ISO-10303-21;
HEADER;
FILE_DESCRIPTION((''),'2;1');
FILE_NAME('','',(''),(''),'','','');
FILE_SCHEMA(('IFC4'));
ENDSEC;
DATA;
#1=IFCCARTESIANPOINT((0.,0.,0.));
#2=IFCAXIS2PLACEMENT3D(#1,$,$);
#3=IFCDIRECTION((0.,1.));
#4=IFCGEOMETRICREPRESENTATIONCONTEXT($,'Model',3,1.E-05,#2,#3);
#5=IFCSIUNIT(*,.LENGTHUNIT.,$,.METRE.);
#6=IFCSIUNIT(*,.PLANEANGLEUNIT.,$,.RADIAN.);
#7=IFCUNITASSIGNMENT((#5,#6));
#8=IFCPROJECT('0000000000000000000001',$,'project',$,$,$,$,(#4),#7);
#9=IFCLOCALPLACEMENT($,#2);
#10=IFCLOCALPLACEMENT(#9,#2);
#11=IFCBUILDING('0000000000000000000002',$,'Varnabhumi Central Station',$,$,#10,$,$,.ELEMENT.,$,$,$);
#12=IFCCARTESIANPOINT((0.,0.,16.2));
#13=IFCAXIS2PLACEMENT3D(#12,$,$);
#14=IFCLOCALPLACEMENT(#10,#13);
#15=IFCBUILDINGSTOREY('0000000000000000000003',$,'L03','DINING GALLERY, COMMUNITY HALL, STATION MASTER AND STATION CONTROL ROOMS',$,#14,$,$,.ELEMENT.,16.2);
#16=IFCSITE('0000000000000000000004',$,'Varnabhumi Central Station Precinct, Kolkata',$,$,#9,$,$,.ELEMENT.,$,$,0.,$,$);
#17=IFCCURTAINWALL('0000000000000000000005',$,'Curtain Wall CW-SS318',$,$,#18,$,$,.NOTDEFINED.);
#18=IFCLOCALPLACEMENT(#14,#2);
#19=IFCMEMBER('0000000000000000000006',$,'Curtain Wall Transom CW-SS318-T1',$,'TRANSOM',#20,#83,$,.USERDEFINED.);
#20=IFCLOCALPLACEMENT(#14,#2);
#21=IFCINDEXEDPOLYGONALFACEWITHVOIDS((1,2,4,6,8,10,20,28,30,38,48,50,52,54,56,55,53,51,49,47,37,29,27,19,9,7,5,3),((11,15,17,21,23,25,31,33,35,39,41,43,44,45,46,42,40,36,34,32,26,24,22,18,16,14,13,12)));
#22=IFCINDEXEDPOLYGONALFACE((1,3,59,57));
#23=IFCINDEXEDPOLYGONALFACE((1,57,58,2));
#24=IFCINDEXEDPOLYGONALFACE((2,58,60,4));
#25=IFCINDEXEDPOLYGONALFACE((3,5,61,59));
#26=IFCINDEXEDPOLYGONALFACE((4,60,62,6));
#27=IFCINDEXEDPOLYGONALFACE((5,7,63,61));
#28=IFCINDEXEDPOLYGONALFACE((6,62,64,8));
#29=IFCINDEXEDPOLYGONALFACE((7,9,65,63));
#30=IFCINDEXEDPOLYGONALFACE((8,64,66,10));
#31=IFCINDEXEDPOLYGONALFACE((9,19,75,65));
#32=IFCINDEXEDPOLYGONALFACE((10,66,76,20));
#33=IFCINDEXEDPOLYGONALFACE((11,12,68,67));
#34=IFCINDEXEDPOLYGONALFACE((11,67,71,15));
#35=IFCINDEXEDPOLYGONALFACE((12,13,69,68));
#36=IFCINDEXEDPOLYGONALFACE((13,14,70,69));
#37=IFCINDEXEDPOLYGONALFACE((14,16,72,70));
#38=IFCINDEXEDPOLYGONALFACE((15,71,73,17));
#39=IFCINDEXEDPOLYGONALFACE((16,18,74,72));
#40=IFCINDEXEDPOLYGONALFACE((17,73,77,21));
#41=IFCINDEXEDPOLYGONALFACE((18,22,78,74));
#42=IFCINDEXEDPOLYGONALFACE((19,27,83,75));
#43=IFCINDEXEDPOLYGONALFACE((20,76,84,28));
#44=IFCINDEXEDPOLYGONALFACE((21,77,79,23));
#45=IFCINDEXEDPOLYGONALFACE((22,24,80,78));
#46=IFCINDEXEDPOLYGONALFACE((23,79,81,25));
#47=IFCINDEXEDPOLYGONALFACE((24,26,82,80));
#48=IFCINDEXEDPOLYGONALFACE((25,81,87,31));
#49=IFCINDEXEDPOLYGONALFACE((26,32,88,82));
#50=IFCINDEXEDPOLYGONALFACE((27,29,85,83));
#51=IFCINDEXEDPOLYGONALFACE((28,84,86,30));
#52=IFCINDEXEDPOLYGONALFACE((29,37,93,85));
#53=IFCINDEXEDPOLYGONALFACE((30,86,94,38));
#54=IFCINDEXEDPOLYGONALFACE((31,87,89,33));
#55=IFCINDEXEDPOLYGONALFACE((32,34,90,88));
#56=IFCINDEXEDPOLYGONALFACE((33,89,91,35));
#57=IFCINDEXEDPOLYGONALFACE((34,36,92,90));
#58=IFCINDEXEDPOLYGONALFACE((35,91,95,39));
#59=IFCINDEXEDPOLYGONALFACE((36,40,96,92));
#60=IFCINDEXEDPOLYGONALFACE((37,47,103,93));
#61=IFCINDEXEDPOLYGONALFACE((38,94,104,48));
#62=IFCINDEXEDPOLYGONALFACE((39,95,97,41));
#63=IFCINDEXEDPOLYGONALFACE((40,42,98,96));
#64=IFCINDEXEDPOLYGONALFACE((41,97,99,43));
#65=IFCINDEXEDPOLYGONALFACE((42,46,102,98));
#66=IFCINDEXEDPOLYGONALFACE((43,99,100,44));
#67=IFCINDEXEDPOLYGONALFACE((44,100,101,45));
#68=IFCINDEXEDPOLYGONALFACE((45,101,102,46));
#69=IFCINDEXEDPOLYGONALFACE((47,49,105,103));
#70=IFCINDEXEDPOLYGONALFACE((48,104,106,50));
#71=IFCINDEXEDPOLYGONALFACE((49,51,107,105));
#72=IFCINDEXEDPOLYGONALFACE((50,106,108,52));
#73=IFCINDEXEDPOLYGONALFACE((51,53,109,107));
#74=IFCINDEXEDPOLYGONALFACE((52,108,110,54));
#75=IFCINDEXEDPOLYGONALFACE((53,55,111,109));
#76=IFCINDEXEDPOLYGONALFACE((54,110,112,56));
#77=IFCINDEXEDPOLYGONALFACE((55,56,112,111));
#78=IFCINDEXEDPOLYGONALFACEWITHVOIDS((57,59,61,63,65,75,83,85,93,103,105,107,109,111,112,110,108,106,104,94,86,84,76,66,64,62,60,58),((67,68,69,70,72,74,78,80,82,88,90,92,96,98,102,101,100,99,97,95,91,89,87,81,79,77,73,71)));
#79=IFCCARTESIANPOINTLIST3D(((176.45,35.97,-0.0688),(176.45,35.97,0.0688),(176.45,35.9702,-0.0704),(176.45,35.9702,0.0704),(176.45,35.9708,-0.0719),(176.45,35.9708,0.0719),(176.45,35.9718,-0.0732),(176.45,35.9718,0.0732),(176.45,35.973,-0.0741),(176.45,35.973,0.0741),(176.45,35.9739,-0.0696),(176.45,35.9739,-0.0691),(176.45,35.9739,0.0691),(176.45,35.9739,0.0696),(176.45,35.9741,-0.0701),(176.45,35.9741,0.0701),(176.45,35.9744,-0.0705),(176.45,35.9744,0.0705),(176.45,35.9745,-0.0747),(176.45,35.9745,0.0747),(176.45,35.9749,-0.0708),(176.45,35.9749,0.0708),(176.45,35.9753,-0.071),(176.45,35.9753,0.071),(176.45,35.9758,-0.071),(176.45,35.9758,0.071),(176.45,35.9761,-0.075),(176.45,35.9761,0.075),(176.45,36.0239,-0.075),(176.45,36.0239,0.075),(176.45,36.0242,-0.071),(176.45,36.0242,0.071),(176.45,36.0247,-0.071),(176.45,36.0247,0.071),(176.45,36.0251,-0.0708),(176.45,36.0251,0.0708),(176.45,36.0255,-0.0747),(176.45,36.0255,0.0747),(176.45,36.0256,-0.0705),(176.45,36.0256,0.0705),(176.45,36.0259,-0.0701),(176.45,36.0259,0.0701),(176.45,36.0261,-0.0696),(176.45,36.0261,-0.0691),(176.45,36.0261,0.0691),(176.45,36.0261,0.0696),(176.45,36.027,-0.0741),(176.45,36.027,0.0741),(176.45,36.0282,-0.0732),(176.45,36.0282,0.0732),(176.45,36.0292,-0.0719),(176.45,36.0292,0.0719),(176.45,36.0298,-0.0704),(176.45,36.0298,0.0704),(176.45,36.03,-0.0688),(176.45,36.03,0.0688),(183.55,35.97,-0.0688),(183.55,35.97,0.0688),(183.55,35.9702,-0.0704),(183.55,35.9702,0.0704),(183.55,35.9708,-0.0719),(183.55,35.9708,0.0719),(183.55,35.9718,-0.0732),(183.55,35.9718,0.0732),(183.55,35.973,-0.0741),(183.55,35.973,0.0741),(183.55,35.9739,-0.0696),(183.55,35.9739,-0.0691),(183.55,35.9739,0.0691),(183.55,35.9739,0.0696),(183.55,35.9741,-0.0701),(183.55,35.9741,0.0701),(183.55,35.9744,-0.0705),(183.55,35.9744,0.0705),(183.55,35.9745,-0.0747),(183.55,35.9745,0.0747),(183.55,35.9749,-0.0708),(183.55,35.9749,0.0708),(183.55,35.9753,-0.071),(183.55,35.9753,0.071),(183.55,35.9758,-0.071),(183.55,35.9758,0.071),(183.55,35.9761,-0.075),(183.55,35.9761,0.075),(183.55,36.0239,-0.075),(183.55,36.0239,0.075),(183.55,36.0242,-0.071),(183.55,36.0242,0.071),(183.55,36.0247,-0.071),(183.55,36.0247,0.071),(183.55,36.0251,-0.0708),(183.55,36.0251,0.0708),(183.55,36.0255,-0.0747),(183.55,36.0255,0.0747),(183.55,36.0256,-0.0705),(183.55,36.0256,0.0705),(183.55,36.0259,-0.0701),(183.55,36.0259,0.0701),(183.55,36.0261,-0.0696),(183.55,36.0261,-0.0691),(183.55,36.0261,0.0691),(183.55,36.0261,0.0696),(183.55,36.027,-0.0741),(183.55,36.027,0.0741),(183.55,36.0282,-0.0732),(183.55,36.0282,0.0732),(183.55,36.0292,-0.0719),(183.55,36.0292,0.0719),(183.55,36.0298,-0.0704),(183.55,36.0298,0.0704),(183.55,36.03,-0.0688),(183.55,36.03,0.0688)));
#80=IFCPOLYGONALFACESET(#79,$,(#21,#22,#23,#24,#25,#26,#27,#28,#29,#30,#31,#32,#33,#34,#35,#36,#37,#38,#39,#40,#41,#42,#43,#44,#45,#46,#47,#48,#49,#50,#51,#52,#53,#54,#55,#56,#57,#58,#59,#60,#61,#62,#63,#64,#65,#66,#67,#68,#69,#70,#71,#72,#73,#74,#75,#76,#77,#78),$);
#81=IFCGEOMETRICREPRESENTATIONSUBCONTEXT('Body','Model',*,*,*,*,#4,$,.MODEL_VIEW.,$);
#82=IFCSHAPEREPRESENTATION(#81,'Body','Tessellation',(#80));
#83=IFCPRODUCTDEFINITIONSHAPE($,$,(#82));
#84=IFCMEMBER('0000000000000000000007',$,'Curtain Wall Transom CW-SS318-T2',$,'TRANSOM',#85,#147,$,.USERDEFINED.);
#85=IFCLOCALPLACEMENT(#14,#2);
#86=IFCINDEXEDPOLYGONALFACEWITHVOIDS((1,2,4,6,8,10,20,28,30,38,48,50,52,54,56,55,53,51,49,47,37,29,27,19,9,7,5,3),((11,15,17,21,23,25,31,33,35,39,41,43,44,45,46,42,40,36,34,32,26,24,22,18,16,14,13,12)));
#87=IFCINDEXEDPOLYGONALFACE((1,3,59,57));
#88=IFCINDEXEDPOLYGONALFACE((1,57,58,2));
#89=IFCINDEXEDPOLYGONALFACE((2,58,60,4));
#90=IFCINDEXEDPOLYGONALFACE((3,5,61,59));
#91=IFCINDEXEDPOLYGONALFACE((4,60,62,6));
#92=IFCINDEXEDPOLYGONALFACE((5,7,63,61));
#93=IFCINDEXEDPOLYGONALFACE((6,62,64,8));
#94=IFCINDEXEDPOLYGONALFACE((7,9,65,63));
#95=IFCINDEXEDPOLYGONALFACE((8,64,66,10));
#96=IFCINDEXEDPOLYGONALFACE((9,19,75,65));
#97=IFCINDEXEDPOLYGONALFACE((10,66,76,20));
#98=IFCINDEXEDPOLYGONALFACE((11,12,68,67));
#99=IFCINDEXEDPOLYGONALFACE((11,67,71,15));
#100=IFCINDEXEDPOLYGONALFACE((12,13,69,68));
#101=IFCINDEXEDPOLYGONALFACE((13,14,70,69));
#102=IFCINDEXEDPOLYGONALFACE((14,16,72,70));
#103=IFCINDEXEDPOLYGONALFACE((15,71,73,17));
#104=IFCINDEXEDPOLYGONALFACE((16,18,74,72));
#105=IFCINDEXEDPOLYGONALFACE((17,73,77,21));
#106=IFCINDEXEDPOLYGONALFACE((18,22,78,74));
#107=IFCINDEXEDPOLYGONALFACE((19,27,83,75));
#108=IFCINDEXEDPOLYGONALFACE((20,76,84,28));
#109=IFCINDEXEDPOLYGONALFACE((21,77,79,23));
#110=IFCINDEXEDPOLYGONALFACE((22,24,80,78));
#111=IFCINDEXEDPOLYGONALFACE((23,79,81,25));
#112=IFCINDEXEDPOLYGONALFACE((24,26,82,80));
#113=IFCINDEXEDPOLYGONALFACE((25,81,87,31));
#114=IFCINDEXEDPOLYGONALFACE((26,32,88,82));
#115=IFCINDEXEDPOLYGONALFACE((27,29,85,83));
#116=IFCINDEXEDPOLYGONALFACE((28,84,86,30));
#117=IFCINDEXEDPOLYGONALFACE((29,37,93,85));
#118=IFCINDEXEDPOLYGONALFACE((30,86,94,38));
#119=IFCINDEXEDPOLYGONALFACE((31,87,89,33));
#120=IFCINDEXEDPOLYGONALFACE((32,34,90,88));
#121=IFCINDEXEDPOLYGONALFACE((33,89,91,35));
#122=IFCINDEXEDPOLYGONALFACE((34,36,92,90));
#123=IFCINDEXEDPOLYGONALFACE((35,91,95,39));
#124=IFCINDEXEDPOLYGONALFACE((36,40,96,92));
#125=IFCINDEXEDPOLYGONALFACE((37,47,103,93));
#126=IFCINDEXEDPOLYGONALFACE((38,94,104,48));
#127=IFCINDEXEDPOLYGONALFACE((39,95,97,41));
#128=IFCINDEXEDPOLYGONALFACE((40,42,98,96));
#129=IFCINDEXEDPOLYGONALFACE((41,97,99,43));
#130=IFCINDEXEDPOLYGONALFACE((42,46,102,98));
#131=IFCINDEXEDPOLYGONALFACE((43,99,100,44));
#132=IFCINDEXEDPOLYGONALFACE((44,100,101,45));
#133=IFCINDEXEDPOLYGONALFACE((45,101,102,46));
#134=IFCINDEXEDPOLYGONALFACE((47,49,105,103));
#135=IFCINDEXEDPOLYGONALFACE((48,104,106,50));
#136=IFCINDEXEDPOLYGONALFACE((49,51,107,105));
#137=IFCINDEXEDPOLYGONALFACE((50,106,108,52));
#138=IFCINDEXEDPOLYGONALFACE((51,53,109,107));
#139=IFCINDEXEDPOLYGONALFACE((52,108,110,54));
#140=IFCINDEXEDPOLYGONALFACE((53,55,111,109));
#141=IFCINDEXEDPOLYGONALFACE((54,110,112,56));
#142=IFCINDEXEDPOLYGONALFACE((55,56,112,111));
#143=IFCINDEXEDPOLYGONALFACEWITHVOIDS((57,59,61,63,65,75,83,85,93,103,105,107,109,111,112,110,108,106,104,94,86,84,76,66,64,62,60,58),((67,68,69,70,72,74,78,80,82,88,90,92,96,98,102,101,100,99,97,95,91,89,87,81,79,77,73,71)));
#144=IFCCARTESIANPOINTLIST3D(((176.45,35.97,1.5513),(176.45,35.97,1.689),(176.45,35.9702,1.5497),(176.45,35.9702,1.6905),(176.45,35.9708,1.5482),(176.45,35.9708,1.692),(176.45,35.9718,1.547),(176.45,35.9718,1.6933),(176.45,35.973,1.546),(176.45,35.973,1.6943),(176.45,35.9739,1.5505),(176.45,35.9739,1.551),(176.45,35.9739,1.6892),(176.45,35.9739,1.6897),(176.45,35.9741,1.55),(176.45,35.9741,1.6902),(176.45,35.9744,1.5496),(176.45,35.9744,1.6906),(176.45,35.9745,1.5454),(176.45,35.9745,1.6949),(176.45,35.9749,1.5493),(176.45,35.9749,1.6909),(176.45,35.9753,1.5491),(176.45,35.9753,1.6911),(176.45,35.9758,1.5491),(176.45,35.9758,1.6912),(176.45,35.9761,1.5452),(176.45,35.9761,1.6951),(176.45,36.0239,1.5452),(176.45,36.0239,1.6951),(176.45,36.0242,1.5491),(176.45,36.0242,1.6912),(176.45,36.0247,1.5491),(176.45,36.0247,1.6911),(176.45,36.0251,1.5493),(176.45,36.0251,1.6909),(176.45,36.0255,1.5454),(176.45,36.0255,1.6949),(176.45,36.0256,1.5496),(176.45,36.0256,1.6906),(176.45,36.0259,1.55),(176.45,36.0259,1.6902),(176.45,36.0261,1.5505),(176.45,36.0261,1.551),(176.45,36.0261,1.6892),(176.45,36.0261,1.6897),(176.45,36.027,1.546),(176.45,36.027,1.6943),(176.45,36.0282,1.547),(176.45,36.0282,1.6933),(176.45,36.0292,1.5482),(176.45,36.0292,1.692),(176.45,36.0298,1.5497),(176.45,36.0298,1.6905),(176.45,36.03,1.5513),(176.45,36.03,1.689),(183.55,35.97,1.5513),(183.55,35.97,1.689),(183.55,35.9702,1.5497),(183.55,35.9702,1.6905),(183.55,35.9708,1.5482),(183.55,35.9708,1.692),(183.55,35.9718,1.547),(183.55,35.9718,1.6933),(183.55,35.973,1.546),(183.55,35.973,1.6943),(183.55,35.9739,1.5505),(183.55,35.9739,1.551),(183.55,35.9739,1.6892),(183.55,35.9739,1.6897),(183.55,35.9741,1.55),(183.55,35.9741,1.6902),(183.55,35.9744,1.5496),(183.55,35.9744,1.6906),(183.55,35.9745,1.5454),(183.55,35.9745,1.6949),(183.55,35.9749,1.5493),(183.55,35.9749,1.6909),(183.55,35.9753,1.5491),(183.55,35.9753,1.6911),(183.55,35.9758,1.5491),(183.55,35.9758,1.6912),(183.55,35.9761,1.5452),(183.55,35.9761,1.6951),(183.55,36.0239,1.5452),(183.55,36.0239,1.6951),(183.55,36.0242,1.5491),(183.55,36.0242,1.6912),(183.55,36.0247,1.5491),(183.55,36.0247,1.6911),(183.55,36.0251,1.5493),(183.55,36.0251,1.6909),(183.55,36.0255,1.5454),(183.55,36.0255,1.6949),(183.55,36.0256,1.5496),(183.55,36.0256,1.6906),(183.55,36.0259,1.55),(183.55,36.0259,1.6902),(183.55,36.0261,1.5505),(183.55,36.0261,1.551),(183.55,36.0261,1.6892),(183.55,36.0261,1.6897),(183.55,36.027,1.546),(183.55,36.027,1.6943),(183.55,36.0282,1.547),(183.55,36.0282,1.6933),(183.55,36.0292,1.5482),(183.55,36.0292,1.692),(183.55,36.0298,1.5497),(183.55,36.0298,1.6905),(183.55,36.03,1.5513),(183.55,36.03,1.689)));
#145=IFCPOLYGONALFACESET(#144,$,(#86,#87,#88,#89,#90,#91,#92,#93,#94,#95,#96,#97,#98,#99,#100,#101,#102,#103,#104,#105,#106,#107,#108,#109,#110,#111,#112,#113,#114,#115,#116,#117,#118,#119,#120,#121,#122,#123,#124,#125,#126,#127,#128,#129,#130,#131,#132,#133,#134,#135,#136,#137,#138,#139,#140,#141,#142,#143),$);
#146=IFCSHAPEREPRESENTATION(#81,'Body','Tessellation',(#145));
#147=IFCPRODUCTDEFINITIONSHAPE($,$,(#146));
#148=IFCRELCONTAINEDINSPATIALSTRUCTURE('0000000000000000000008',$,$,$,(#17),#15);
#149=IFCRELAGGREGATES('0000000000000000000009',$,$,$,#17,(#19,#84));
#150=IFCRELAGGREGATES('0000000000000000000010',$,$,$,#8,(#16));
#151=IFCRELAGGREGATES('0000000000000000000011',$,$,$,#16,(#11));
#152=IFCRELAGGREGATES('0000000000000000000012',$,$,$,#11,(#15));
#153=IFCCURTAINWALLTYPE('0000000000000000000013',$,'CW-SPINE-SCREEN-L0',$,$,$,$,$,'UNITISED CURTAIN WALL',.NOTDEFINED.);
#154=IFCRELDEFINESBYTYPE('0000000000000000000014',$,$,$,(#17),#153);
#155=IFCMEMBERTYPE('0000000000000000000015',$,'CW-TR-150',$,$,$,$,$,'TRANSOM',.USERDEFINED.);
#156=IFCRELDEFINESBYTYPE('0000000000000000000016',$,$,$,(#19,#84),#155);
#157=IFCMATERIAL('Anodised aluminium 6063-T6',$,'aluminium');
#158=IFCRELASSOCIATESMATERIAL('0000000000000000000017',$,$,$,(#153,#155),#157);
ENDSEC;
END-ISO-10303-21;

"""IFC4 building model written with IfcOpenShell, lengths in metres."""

from ifc_helpers import new_model, si_unit, direction, frame, origin, origin_2d, place, context, subcontext, project, spatial, hollow_rectangle, extrude, material, material_profile, profile_set, type_object, element, aggregate, save


model = new_model("IFC4")

# Units and contexts
model_context = context("Model", 3, precision=1e-05, world=origin(), true_north=direction((0.0, 1.0)))
body_context = subcontext(model_context, "Body", "Model", "MODEL_VIEW")
ifc_project = project(units=[si_unit("LENGTHUNIT", "METRE"), si_unit("PLANEANGLEUNIT", "RADIAN")], contexts=[model_context])

# Site, building, storey
site_placement = place(None, origin())
site = spatial("IfcSite", under=ifc_project, at=site_placement, Name="Varnabhumi Central Station Precinct, Kolkata", CompositionType="ELEMENT", RefElevation=0.0)
building_placement = place(site_placement, origin())
building = spatial("IfcBuilding", under=site, at=building_placement, Name="Varnabhumi Central Station", CompositionType="ELEMENT")
storey_placement = place(building_placement, frame((0.0, 0.0, 16.2)))
storey = spatial("IfcBuildingStorey", under=building, at=storey_placement, Name="L03", Description="DINING GALLERY, COMMUNITY HALL, STATION MASTER AND STATION CONTROL ROOMS", CompositionType="ELEMENT", Elevation=16.2)

# Curtain wall, members
ifc_material_1 = material(Name="Anodised aluminium 6063-T6", Category="aluminium")
curtain_wall_type = type_object("IfcCurtainWallType", Name="CW-SPINE-SCREEN-L0", ElementType="UNITISED CURTAIN WALL", PredefinedType="NOTDEFINED", material=ifc_material_1)
curtain_wall_placement = place(storey_placement, origin())
curtain_wall = element("IfcCurtainWall", 1, at=curtain_wall_placement, inside=storey, type_object=curtain_wall_type, Name="Curtain Wall CW-SS318", PredefinedType="NOTDEFINED")
ifc_material_profile_1 = material_profile(ifc_material_1, hollow_rectangle(XDim=0.0601, YDim=0.1499, WallThickness=0.0039, InnerFilletRadius=0.002, OuterFilletRadius=0.0061, at=origin_2d()), Name="Anodised aluminium 6063-T6", Category="aluminium")
ifc_profile_set_1 = profile_set([ifc_material_profile_1], Name="Anodised aluminium 6063-T6")
member_type_1 = type_object("IfcMemberType", Name="CW-TR-150", ElementType="TRANSOM", PredefinedType="USERDEFINED", material=ifc_profile_set_1)
member_1_placement = place(storey_placement, frame((176.45, 36.0, 0.0), z_axis=(1.0, 0.0, 0.0), x_axis=(0.0, 1.0, 0.0)))
member_1 = element("IfcMember", 2, at=member_1_placement, type_object=member_type_1, Name="Curtain Wall Transom CW-SS318-T1", ObjectType="TRANSOM", PredefinedType="USERDEFINED", context=body_context, shape_type="SweptSolid", body=[
    extrude(hollow_rectangle(XDim=0.0601, YDim=0.1499, WallThickness=0.0039, InnerFilletRadius=0.002, OuterFilletRadius=0.0061, at=origin_2d()), origin(), (0.0, 0.0, 1.0), 7.1001),
])
member_2_placement = place(storey_placement, frame((176.45, 36.0, 1.6201), z_axis=(1.0, 0.0, 0.0), x_axis=(0.0, 1.0, 0.0)))
member_2 = element("IfcMember", 3, at=member_2_placement, type_object=member_type_1, Name="Curtain Wall Transom CW-SS318-T2", ObjectType="TRANSOM", PredefinedType="USERDEFINED", context=body_context, shape_type="SweptSolid", body=[
    extrude(hollow_rectangle(XDim=0.0601, YDim=0.1499, WallThickness=0.0039, InnerFilletRadius=0.002, OuterFilletRadius=0.0061, at=origin_2d()), origin(), (0.0, 0.0, 1.0), 7.1001),
])

aggregate(curtain_wall, [member_1, member_2])

save(model, "model.ifc")
